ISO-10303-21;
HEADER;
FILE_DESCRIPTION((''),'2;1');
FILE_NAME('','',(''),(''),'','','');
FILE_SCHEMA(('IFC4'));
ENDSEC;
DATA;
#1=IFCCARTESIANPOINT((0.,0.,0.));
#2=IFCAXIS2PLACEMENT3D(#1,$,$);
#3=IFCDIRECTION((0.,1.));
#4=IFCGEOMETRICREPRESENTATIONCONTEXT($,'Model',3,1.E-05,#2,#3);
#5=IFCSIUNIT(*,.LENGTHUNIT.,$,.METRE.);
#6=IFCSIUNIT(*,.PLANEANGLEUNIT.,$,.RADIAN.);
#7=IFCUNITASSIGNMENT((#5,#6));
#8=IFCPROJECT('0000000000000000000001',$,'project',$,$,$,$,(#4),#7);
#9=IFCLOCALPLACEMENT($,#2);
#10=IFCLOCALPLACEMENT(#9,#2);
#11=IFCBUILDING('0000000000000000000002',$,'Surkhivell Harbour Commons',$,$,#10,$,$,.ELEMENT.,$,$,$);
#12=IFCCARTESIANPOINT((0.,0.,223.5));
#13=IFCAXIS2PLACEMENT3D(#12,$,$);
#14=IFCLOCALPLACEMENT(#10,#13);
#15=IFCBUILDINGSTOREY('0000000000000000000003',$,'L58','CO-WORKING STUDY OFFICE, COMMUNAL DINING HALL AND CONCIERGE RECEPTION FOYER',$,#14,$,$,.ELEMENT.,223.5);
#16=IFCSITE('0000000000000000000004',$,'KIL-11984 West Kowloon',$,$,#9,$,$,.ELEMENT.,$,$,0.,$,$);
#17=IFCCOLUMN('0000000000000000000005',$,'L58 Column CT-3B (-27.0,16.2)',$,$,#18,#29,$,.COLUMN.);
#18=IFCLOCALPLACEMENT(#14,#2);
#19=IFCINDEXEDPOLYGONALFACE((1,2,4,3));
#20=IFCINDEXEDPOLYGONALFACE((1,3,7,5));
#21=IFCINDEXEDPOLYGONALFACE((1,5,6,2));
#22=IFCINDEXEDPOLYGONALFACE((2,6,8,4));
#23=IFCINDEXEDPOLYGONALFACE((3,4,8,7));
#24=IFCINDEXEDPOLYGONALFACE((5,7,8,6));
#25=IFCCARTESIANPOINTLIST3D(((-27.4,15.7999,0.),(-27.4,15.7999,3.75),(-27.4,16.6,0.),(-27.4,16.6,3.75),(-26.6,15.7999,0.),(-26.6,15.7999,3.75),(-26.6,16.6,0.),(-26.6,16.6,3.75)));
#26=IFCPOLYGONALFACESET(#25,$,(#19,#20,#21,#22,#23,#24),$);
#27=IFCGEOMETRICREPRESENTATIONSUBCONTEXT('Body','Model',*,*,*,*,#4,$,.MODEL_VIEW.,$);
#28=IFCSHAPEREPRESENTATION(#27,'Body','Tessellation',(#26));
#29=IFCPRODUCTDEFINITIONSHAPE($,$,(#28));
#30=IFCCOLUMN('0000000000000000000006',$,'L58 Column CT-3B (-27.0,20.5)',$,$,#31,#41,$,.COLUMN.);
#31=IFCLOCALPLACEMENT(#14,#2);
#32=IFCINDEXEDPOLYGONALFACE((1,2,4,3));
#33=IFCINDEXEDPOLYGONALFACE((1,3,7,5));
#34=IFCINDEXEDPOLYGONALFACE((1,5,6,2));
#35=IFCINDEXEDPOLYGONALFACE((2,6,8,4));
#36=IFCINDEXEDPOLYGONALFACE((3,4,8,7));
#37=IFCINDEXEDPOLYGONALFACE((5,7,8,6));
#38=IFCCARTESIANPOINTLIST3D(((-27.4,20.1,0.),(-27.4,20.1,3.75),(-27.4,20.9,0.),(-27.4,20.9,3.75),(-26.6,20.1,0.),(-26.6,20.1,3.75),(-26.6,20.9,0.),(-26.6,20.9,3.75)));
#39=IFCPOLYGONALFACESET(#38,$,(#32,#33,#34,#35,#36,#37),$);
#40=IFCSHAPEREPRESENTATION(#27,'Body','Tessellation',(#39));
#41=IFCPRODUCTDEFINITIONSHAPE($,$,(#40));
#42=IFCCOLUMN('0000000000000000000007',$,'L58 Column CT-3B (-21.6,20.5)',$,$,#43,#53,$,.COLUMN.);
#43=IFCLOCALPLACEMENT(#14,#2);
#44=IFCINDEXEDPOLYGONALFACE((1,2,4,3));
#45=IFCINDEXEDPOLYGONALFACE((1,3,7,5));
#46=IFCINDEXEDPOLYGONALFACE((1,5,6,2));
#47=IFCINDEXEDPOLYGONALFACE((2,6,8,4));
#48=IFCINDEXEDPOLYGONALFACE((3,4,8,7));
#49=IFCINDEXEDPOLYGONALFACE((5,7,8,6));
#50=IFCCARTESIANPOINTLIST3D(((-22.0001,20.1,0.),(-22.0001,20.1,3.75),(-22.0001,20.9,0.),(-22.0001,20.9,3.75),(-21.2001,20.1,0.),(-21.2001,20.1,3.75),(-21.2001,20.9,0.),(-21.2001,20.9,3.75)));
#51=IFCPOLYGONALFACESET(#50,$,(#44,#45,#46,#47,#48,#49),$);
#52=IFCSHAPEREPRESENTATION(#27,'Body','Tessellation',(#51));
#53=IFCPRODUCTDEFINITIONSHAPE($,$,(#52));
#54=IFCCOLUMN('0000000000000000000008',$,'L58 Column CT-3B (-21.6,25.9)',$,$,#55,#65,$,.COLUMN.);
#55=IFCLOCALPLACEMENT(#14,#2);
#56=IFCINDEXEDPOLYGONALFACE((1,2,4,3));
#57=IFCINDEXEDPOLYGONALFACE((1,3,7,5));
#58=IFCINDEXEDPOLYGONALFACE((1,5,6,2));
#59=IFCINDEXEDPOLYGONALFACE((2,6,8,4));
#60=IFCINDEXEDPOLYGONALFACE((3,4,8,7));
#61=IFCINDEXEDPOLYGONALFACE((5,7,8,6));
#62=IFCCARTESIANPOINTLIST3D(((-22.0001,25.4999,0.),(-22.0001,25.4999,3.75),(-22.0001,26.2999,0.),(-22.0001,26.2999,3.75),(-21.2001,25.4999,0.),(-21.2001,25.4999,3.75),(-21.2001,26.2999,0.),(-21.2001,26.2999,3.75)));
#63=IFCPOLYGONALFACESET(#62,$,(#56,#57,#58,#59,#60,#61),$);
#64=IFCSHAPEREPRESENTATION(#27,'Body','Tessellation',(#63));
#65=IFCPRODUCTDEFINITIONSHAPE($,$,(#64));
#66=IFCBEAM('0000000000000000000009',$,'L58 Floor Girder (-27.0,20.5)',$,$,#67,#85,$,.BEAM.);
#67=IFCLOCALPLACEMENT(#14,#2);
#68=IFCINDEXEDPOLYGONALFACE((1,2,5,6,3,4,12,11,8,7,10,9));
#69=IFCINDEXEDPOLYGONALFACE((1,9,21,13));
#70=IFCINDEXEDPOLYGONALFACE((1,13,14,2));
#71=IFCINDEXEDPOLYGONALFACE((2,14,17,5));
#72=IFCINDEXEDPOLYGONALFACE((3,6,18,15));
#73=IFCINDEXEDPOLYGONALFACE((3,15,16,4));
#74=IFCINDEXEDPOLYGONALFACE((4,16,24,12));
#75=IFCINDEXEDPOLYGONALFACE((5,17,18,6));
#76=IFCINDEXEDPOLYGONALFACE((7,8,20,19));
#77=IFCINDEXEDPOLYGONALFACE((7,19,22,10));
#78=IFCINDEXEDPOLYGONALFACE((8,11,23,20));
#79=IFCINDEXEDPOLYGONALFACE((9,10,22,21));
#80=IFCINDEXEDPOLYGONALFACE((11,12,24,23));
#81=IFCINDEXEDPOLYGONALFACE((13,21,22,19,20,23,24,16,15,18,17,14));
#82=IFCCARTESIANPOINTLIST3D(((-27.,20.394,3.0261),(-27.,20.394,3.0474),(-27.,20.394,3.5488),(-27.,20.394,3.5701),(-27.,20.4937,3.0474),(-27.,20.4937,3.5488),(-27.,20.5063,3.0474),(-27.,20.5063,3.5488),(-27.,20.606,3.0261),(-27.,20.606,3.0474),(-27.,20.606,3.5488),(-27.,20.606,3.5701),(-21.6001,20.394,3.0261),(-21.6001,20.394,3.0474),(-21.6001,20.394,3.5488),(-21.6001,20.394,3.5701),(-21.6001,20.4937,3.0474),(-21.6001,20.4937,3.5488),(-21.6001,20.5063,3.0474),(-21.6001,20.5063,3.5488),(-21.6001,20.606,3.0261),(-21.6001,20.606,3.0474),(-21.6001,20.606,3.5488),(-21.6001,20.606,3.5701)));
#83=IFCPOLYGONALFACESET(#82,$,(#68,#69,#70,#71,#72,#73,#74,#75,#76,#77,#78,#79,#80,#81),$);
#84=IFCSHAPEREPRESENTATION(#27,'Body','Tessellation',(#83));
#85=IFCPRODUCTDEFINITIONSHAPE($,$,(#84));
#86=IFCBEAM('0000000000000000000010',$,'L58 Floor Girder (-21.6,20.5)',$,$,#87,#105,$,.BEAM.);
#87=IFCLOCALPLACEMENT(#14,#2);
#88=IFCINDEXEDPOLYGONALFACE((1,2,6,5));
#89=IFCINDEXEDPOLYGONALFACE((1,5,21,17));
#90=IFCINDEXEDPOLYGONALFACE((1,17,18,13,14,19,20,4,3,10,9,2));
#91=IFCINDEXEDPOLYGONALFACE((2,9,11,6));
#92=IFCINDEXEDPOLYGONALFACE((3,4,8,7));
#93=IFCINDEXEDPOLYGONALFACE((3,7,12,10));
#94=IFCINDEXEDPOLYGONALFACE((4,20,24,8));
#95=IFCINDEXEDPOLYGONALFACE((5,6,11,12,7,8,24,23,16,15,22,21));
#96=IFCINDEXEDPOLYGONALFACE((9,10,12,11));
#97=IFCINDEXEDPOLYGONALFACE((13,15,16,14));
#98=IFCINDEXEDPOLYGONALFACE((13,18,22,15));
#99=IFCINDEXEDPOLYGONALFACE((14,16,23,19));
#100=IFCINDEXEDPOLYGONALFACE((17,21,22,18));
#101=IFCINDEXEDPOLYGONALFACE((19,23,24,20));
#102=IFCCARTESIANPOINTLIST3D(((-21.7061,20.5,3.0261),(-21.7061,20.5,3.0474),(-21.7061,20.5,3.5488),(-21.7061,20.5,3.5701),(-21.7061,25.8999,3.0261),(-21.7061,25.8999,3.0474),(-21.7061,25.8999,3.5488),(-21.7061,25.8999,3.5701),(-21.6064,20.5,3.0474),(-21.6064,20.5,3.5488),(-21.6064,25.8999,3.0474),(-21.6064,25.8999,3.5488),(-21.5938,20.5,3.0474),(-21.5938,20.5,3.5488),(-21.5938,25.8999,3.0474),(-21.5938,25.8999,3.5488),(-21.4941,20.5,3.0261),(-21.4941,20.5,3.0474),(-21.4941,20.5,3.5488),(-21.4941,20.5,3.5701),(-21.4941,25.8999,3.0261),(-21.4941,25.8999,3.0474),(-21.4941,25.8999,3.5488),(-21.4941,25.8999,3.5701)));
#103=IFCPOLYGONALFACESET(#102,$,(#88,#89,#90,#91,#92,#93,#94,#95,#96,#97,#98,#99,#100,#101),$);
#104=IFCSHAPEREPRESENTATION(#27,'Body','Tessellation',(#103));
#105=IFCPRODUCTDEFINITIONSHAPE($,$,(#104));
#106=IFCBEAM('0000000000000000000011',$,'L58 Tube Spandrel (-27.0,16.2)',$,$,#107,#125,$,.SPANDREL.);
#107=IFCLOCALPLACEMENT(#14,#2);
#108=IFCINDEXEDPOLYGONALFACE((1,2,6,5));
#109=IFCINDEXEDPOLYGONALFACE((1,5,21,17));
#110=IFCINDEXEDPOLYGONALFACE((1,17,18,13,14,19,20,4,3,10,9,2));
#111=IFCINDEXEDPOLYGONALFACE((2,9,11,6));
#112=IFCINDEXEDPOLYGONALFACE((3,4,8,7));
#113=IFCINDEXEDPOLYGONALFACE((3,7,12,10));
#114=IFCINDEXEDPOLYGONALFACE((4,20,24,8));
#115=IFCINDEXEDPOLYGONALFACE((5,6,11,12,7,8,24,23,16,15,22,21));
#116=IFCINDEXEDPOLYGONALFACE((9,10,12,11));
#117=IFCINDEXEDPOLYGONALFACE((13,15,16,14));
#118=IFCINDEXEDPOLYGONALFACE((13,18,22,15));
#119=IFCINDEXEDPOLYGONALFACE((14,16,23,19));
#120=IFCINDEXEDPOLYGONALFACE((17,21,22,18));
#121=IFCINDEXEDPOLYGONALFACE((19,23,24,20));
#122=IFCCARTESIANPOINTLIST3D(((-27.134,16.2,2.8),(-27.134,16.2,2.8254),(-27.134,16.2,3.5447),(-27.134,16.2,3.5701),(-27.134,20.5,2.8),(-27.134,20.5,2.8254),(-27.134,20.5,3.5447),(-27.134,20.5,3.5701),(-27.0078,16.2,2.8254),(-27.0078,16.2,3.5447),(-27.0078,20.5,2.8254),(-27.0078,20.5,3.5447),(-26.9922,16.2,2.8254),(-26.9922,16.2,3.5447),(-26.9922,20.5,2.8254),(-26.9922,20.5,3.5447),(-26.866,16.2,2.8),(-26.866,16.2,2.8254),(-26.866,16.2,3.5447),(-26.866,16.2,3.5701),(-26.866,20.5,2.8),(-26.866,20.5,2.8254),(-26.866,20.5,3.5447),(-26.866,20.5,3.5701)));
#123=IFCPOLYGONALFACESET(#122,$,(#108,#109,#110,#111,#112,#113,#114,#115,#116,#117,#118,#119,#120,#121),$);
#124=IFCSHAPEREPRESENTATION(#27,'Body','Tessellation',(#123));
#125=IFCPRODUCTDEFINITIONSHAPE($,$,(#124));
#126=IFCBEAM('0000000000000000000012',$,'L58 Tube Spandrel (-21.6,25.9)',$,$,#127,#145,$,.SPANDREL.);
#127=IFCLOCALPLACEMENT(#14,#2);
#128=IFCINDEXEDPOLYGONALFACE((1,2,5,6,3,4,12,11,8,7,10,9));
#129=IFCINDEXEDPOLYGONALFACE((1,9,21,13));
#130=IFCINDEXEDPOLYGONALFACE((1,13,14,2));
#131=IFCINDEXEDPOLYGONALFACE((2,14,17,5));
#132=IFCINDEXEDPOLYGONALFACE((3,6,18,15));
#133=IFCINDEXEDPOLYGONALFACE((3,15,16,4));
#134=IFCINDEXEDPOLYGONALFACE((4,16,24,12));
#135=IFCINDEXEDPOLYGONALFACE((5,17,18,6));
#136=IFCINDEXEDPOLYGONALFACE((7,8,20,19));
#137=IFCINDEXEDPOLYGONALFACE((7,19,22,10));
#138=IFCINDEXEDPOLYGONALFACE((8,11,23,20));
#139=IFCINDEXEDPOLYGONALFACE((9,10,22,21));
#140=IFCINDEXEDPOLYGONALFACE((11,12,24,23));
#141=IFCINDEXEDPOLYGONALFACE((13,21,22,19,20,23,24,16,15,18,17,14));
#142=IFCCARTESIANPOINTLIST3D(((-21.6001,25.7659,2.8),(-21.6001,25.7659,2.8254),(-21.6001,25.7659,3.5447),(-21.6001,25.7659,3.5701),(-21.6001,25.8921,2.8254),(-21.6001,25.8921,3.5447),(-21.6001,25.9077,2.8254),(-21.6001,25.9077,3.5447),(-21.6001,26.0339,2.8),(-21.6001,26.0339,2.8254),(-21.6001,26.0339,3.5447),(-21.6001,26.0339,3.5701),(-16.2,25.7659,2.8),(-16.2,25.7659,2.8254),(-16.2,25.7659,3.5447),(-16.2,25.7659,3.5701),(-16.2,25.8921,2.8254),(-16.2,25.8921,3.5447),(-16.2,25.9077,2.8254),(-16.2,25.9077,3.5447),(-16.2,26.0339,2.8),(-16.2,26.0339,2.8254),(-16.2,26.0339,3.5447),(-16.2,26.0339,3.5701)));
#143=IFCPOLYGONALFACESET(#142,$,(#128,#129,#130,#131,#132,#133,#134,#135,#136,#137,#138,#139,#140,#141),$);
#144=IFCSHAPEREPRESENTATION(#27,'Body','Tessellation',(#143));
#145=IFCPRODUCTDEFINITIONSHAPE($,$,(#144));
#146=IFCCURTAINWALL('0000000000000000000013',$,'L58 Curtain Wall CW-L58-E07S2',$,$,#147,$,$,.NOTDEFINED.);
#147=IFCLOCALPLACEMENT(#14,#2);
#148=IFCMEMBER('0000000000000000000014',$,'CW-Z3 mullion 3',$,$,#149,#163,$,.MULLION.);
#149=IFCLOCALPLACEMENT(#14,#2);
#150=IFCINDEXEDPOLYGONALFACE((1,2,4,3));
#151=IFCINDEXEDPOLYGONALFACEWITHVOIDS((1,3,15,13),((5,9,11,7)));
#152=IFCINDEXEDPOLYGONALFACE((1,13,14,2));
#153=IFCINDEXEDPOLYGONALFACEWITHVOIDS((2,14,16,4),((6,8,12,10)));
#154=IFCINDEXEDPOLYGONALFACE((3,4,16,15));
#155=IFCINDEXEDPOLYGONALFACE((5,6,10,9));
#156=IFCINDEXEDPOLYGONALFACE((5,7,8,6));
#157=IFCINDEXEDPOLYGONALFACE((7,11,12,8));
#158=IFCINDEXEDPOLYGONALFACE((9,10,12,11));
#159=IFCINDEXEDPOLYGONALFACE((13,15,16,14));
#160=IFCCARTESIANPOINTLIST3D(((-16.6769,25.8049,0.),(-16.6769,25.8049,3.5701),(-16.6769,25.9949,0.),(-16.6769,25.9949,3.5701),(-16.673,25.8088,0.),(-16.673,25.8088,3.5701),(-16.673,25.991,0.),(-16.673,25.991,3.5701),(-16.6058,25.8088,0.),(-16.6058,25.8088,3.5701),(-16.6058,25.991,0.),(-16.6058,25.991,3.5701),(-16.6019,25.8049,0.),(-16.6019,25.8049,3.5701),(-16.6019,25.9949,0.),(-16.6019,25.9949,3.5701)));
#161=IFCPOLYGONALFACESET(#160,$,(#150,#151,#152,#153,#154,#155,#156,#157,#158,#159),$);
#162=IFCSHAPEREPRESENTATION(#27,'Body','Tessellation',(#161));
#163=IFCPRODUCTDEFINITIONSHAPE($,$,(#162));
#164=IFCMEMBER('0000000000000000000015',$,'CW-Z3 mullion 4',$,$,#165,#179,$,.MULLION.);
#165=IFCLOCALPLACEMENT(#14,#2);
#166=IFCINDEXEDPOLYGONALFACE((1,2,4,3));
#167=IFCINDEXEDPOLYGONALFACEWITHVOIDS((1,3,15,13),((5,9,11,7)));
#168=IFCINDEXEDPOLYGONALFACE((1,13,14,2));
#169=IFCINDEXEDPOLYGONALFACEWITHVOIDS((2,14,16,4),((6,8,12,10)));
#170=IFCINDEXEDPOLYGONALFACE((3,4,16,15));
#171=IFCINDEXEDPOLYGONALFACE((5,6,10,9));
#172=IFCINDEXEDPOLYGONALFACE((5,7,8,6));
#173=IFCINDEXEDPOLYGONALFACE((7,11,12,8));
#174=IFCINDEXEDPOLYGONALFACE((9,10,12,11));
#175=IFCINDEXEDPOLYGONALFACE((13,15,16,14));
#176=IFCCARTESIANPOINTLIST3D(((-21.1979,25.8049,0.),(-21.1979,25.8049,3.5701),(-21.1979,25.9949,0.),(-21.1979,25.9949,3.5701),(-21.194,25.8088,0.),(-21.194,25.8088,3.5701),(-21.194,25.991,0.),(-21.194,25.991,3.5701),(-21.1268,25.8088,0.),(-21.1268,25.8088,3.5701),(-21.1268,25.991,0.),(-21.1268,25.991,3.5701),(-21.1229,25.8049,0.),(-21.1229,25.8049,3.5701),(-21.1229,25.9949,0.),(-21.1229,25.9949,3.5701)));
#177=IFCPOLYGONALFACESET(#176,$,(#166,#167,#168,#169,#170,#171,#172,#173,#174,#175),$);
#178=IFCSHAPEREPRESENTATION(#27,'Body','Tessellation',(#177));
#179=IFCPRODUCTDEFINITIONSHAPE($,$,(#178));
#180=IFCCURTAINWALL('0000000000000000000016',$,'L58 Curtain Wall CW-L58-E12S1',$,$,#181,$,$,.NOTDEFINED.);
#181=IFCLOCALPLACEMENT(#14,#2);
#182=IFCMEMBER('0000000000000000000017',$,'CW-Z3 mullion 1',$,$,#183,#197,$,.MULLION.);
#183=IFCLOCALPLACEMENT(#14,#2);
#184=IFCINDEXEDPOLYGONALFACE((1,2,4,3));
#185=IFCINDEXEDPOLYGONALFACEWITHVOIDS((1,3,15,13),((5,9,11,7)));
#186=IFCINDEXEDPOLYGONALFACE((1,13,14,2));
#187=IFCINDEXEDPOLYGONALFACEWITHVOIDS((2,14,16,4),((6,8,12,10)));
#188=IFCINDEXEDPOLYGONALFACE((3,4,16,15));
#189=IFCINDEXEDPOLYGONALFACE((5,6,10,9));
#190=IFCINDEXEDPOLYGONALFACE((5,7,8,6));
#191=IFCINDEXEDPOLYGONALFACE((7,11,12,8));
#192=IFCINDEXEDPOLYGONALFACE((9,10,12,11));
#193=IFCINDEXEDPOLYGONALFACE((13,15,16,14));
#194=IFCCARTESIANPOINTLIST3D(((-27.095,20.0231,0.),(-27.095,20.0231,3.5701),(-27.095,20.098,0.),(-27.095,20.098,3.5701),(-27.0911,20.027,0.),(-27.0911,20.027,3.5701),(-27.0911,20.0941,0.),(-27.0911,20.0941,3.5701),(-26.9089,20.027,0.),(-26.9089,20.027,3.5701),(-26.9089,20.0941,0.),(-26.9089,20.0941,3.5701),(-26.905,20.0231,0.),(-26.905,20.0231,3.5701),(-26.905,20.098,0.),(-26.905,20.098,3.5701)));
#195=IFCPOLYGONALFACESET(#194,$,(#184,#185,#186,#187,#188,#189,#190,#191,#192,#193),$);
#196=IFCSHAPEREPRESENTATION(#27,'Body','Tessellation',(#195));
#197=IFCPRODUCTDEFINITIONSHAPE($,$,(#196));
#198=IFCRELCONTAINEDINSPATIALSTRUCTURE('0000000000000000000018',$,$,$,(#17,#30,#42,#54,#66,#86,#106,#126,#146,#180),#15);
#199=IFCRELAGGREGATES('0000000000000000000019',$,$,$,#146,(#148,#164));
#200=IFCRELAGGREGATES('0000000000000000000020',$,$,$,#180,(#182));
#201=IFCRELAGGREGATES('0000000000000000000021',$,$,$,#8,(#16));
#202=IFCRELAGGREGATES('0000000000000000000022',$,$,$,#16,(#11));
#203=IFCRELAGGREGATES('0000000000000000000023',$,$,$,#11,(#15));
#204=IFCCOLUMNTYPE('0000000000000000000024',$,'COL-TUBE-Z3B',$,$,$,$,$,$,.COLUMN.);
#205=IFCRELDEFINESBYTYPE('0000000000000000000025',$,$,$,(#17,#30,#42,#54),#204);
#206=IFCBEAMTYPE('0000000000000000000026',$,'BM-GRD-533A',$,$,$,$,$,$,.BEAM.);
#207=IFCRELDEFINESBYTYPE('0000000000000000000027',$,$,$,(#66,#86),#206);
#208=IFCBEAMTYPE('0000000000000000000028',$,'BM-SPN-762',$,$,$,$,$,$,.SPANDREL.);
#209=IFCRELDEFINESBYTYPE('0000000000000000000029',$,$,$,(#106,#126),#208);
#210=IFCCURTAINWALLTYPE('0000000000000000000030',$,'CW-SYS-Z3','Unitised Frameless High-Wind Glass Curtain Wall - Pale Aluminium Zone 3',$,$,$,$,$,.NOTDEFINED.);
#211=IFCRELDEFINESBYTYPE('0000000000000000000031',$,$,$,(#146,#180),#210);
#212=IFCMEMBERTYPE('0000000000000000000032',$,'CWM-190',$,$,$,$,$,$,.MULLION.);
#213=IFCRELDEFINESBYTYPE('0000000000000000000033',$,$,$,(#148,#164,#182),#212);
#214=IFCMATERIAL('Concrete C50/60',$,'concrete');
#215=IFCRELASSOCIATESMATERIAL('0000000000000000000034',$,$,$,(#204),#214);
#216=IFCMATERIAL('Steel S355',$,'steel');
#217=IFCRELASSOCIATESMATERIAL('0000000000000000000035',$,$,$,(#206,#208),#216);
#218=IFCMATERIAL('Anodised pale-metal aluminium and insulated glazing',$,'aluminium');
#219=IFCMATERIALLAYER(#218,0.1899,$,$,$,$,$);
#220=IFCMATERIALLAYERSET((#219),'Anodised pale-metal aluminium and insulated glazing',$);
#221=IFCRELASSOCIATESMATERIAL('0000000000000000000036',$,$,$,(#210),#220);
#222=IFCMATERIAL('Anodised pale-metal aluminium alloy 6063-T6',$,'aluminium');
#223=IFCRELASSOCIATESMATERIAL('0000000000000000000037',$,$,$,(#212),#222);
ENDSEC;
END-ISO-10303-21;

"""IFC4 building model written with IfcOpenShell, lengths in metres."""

from ifc_helpers import new_model, si_unit, direction, frame, origin, origin_2d, place, context, subcontext, project, spatial, rectangle, hollow_rectangle, i_section, extrude, material, layer, layer_set, material_profile, profile_set, type_object, element, aggregate, save


model = new_model("IFC4")

# Units and contexts
model_context = context("Model", 3, precision=1e-05, world=origin(), true_north=direction((0.0, 1.0)))
body_context = subcontext(model_context, "Body", "Model", "MODEL_VIEW")
ifc_project = project(units=[si_unit("LENGTHUNIT", "METRE"), si_unit("PLANEANGLEUNIT", "RADIAN")], contexts=[model_context])

# Site, building, storey
site_placement = place(None, origin())
site = spatial("IfcSite", under=ifc_project, at=site_placement, Name="KIL-11984 West Kowloon", CompositionType="ELEMENT", RefElevation=0.0)
building_placement = place(site_placement, origin())
building = spatial("IfcBuilding", under=site, at=building_placement, Name="Surkhivell Harbour Commons", CompositionType="ELEMENT")
storey_placement = place(building_placement, frame((0.0, 0.0, 223.5)))
storey = spatial("IfcBuildingStorey", under=building, at=storey_placement, Name="L58", Description="CO-WORKING STUDY OFFICE, COMMUNAL DINING HALL AND CONCIERGE RECEPTION FOYER", CompositionType="ELEMENT", Elevation=223.5)

# Columns
ifc_material_1 = material(Name="Concrete C50/60", Category="concrete")
ifc_material_profile_1 = material_profile(ifc_material_1, rectangle(XDim=0.8, YDim=0.8, at=origin_2d()), Name="RC-COL-800x800")
ifc_profile_set_1 = profile_set([ifc_material_profile_1], Name="Concrete C50/60")
column_type = type_object("IfcColumnType", Name="COL-TUBE-Z3B", PredefinedType="COLUMN", material=ifc_profile_set_1)
for number, where, z_axis, x_axis, name in (
    (1, (-27.0, 16.2, 0.0), (0.0, 0.0, 1.0), (1.0, 0.0, 0.0), "L58 Column CT-3B (-27.0,16.2)"),
    (2, (-27.0, 20.5, 0.0), (0.0, 0.0, 1.0), (1.0, 0.0, 0.0), "L58 Column CT-3B (-27.0,20.5)"),
    (3, (-21.6001, 20.5, 0.0), (0.0, 0.0, 1.0), (1.0, 0.0, 0.0), "L58 Column CT-3B (-21.6,20.5)"),
    (4, (-21.6001, 25.8999, 0.0), (0.0, 0.0, 1.0), (1.0, 0.0, 0.0), "L58 Column CT-3B (-21.6,25.9)"),
):
    element("IfcColumn", number, at=place(storey_placement, frame(where, z_axis=z_axis, x_axis=x_axis)), inside=storey, type_object=column_type, Name=name, PredefinedType="COLUMN", context=body_context, shape_type="SweptSolid", body=[
        extrude(rectangle(XDim=0.8, YDim=0.8, at=origin_2d()), origin(), (0.0, 0.0, 1.0), 3.75),
    ])

# Beams
ifc_material_2 = material(Name="Steel S355", Category="steel")
ifc_material_profile_2 = material_profile(ifc_material_2, i_section(OverallWidth=0.2119, OverallDepth=0.5439, WebThickness=0.0127, FlangeThickness=0.0212, at=origin_2d()), Name="UB533x210x122")
ifc_profile_set_2 = profile_set([ifc_material_profile_2], Name="Steel S355")
beam_type_1 = type_object("IfcBeamType", Name="BM-GRD-533A", PredefinedType="BEAM", material=ifc_profile_set_2)
for number, where, z_axis, x_axis, name in (
    (5, (-27.0, 20.5, 3.2981), (1.0, 0.0, 0.0), (0.0, 1.0, 0.0), "L58 Floor Girder (-27.0,20.5)"),
    (6, (-21.6001, 20.5, 3.2981), (0.0, 1.0, 0.0), (-1.0, 0.0, 0.0), "L58 Floor Girder (-21.6,20.5)"),
):
    element("IfcBeam", number, at=place(storey_placement, frame(where, z_axis=z_axis, x_axis=x_axis)), inside=storey, type_object=beam_type_1, Name=name, PredefinedType="BEAM", context=body_context, shape_type="SweptSolid", body=[
        extrude(i_section(OverallWidth=0.2119, OverallDepth=0.5439, WebThickness=0.0127, FlangeThickness=0.0212, at=origin_2d()), origin(), (0.0, 0.0, 1.0), 5.3999),
    ])
ifc_material_profile_3 = material_profile(ifc_material_2, i_section(OverallWidth=0.2681, OverallDepth=0.77, WebThickness=0.0156, FlangeThickness=0.0254, at=origin_2d()), Name="UB762x267x197")
ifc_profile_set_3 = profile_set([ifc_material_profile_3], Name="Steel S355")
beam_type_2 = type_object("IfcBeamType", Name="BM-SPN-762", PredefinedType="SPANDREL", material=ifc_profile_set_3)
beam_1_placement = place(storey_placement, frame((-27.0, 16.2, 3.1851), z_axis=(0.0, 1.0, 0.0), x_axis=(-1.0, 0.0, 0.0)))
element("IfcBeam", 7, at=beam_1_placement, inside=storey, type_object=beam_type_2, Name="L58 Tube Spandrel (-27.0,16.2)", PredefinedType="SPANDREL", context=body_context, shape_type="SweptSolid", body=[
    extrude(i_section(OverallWidth=0.2681, OverallDepth=0.77, WebThickness=0.0156, FlangeThickness=0.0254, at=origin_2d()), origin(), (0.0, 0.0, 1.0), 4.3),
])
beam_2_placement = place(storey_placement, frame((-21.6001, 25.8999, 3.1851), z_axis=(1.0, 0.0, 0.0), x_axis=(0.0, 1.0, 0.0)))
element("IfcBeam", 8, at=beam_2_placement, inside=storey, type_object=beam_type_2, Name="L58 Tube Spandrel (-21.6,25.9)", PredefinedType="SPANDREL", context=body_context, shape_type="SweptSolid", body=[
    extrude(i_section(OverallWidth=0.2681, OverallDepth=0.77, WebThickness=0.0156, FlangeThickness=0.0254, at=origin_2d()), origin(), (0.0, 0.0, 1.0), 5.4001),
])

# Curtain walls, members
ifc_material_3 = material(Name="Anodised pale-metal aluminium and insulated glazing", Category="aluminium")
ifc_layer_1 = layer(ifc_material_3, 0.1899)
ifc_layer_set_1 = layer_set([ifc_layer_1], Name="Anodised pale-metal aluminium and insulated glazing")
curtain_wall_type = type_object("IfcCurtainWallType", Name="CW-SYS-Z3", Description="Unitised Frameless High-Wind Glass Curtain Wall - Pale Aluminium Zone 3", PredefinedType="NOTDEFINED", material=ifc_layer_set_1)
curtain_wall_1_placement = place(storey_placement, origin())
curtain_wall_1 = element("IfcCurtainWall", 9, at=curtain_wall_1_placement, inside=storey, type_object=curtain_wall_type, Name="L58 Curtain Wall CW-L58-E07S2", PredefinedType="NOTDEFINED")
ifc_material_4 = material(Name="Anodised pale-metal aluminium alloy 6063-T6", Category="aluminium")
ifc_material_profile_4 = material_profile(ifc_material_4, hollow_rectangle(XDim=0.075, YDim=0.1899, WallThickness=0.0039, at=origin_2d()), Name="ALU-MULL-75x190")
ifc_profile_set_4 = profile_set([ifc_material_profile_4], Name="Anodised pale-metal aluminium alloy 6063-T6")
member_type_1 = type_object("IfcMemberType", Name="CWM-190", PredefinedType="MULLION", material=ifc_profile_set_4)
member_1_placement = place(storey_placement, frame((-16.6394, 25.8999, 0.0), z_axis=(0.0, 0.0, 1.0), x_axis=(-1.0, 0.0, 0.0)))
member_1 = element("IfcMember", 10, at=member_1_placement, type_object=member_type_1, Name="CW-Z3 mullion 3", PredefinedType="MULLION", context=body_context, shape_type="SweptSolid", body=[
    extrude(hollow_rectangle(XDim=0.075, YDim=0.1899, WallThickness=0.0039, at=origin_2d()), origin(), (0.0, 0.0, 1.0), 3.5701),
])
member_2_placement = place(storey_placement, frame((-21.1604, 25.8999, 0.0), z_axis=(0.0, 0.0, 1.0), x_axis=(-1.0, 0.0, 0.0)))
member_2 = element("IfcMember", 11, at=member_2_placement, type_object=member_type_1, Name="CW-Z3 mullion 4", PredefinedType="MULLION", context=body_context, shape_type="SweptSolid", body=[
    extrude(hollow_rectangle(XDim=0.075, YDim=0.1899, WallThickness=0.0039, at=origin_2d()), origin(), (0.0, 0.0, 1.0), 3.5701),
])
curtain_wall_2_placement = place(storey_placement, origin())
curtain_wall_2 = element("IfcCurtainWall", 12, at=curtain_wall_2_placement, inside=storey, type_object=curtain_wall_type, Name="L58 Curtain Wall CW-L58-E12S1", PredefinedType="NOTDEFINED")
member_3_placement = place(storey_placement, frame((-27.0, 20.0605, 0.0), z_axis=(0.0, 0.0, 1.0), x_axis=(0.0, -1.0, 0.0)))
member_3 = element("IfcMember", 13, at=member_3_placement, type_object=member_type_1, Name="CW-Z3 mullion 1", PredefinedType="MULLION", context=body_context, shape_type="SweptSolid", body=[
    extrude(hollow_rectangle(XDim=0.075, YDim=0.1899, WallThickness=0.0039, at=origin_2d()), origin(), (0.0, 0.0, 1.0), 3.5701),
])

aggregate(curtain_wall_1, [member_1, member_2])
aggregate(curtain_wall_2, [member_3])

save(model, "model.ifc")
